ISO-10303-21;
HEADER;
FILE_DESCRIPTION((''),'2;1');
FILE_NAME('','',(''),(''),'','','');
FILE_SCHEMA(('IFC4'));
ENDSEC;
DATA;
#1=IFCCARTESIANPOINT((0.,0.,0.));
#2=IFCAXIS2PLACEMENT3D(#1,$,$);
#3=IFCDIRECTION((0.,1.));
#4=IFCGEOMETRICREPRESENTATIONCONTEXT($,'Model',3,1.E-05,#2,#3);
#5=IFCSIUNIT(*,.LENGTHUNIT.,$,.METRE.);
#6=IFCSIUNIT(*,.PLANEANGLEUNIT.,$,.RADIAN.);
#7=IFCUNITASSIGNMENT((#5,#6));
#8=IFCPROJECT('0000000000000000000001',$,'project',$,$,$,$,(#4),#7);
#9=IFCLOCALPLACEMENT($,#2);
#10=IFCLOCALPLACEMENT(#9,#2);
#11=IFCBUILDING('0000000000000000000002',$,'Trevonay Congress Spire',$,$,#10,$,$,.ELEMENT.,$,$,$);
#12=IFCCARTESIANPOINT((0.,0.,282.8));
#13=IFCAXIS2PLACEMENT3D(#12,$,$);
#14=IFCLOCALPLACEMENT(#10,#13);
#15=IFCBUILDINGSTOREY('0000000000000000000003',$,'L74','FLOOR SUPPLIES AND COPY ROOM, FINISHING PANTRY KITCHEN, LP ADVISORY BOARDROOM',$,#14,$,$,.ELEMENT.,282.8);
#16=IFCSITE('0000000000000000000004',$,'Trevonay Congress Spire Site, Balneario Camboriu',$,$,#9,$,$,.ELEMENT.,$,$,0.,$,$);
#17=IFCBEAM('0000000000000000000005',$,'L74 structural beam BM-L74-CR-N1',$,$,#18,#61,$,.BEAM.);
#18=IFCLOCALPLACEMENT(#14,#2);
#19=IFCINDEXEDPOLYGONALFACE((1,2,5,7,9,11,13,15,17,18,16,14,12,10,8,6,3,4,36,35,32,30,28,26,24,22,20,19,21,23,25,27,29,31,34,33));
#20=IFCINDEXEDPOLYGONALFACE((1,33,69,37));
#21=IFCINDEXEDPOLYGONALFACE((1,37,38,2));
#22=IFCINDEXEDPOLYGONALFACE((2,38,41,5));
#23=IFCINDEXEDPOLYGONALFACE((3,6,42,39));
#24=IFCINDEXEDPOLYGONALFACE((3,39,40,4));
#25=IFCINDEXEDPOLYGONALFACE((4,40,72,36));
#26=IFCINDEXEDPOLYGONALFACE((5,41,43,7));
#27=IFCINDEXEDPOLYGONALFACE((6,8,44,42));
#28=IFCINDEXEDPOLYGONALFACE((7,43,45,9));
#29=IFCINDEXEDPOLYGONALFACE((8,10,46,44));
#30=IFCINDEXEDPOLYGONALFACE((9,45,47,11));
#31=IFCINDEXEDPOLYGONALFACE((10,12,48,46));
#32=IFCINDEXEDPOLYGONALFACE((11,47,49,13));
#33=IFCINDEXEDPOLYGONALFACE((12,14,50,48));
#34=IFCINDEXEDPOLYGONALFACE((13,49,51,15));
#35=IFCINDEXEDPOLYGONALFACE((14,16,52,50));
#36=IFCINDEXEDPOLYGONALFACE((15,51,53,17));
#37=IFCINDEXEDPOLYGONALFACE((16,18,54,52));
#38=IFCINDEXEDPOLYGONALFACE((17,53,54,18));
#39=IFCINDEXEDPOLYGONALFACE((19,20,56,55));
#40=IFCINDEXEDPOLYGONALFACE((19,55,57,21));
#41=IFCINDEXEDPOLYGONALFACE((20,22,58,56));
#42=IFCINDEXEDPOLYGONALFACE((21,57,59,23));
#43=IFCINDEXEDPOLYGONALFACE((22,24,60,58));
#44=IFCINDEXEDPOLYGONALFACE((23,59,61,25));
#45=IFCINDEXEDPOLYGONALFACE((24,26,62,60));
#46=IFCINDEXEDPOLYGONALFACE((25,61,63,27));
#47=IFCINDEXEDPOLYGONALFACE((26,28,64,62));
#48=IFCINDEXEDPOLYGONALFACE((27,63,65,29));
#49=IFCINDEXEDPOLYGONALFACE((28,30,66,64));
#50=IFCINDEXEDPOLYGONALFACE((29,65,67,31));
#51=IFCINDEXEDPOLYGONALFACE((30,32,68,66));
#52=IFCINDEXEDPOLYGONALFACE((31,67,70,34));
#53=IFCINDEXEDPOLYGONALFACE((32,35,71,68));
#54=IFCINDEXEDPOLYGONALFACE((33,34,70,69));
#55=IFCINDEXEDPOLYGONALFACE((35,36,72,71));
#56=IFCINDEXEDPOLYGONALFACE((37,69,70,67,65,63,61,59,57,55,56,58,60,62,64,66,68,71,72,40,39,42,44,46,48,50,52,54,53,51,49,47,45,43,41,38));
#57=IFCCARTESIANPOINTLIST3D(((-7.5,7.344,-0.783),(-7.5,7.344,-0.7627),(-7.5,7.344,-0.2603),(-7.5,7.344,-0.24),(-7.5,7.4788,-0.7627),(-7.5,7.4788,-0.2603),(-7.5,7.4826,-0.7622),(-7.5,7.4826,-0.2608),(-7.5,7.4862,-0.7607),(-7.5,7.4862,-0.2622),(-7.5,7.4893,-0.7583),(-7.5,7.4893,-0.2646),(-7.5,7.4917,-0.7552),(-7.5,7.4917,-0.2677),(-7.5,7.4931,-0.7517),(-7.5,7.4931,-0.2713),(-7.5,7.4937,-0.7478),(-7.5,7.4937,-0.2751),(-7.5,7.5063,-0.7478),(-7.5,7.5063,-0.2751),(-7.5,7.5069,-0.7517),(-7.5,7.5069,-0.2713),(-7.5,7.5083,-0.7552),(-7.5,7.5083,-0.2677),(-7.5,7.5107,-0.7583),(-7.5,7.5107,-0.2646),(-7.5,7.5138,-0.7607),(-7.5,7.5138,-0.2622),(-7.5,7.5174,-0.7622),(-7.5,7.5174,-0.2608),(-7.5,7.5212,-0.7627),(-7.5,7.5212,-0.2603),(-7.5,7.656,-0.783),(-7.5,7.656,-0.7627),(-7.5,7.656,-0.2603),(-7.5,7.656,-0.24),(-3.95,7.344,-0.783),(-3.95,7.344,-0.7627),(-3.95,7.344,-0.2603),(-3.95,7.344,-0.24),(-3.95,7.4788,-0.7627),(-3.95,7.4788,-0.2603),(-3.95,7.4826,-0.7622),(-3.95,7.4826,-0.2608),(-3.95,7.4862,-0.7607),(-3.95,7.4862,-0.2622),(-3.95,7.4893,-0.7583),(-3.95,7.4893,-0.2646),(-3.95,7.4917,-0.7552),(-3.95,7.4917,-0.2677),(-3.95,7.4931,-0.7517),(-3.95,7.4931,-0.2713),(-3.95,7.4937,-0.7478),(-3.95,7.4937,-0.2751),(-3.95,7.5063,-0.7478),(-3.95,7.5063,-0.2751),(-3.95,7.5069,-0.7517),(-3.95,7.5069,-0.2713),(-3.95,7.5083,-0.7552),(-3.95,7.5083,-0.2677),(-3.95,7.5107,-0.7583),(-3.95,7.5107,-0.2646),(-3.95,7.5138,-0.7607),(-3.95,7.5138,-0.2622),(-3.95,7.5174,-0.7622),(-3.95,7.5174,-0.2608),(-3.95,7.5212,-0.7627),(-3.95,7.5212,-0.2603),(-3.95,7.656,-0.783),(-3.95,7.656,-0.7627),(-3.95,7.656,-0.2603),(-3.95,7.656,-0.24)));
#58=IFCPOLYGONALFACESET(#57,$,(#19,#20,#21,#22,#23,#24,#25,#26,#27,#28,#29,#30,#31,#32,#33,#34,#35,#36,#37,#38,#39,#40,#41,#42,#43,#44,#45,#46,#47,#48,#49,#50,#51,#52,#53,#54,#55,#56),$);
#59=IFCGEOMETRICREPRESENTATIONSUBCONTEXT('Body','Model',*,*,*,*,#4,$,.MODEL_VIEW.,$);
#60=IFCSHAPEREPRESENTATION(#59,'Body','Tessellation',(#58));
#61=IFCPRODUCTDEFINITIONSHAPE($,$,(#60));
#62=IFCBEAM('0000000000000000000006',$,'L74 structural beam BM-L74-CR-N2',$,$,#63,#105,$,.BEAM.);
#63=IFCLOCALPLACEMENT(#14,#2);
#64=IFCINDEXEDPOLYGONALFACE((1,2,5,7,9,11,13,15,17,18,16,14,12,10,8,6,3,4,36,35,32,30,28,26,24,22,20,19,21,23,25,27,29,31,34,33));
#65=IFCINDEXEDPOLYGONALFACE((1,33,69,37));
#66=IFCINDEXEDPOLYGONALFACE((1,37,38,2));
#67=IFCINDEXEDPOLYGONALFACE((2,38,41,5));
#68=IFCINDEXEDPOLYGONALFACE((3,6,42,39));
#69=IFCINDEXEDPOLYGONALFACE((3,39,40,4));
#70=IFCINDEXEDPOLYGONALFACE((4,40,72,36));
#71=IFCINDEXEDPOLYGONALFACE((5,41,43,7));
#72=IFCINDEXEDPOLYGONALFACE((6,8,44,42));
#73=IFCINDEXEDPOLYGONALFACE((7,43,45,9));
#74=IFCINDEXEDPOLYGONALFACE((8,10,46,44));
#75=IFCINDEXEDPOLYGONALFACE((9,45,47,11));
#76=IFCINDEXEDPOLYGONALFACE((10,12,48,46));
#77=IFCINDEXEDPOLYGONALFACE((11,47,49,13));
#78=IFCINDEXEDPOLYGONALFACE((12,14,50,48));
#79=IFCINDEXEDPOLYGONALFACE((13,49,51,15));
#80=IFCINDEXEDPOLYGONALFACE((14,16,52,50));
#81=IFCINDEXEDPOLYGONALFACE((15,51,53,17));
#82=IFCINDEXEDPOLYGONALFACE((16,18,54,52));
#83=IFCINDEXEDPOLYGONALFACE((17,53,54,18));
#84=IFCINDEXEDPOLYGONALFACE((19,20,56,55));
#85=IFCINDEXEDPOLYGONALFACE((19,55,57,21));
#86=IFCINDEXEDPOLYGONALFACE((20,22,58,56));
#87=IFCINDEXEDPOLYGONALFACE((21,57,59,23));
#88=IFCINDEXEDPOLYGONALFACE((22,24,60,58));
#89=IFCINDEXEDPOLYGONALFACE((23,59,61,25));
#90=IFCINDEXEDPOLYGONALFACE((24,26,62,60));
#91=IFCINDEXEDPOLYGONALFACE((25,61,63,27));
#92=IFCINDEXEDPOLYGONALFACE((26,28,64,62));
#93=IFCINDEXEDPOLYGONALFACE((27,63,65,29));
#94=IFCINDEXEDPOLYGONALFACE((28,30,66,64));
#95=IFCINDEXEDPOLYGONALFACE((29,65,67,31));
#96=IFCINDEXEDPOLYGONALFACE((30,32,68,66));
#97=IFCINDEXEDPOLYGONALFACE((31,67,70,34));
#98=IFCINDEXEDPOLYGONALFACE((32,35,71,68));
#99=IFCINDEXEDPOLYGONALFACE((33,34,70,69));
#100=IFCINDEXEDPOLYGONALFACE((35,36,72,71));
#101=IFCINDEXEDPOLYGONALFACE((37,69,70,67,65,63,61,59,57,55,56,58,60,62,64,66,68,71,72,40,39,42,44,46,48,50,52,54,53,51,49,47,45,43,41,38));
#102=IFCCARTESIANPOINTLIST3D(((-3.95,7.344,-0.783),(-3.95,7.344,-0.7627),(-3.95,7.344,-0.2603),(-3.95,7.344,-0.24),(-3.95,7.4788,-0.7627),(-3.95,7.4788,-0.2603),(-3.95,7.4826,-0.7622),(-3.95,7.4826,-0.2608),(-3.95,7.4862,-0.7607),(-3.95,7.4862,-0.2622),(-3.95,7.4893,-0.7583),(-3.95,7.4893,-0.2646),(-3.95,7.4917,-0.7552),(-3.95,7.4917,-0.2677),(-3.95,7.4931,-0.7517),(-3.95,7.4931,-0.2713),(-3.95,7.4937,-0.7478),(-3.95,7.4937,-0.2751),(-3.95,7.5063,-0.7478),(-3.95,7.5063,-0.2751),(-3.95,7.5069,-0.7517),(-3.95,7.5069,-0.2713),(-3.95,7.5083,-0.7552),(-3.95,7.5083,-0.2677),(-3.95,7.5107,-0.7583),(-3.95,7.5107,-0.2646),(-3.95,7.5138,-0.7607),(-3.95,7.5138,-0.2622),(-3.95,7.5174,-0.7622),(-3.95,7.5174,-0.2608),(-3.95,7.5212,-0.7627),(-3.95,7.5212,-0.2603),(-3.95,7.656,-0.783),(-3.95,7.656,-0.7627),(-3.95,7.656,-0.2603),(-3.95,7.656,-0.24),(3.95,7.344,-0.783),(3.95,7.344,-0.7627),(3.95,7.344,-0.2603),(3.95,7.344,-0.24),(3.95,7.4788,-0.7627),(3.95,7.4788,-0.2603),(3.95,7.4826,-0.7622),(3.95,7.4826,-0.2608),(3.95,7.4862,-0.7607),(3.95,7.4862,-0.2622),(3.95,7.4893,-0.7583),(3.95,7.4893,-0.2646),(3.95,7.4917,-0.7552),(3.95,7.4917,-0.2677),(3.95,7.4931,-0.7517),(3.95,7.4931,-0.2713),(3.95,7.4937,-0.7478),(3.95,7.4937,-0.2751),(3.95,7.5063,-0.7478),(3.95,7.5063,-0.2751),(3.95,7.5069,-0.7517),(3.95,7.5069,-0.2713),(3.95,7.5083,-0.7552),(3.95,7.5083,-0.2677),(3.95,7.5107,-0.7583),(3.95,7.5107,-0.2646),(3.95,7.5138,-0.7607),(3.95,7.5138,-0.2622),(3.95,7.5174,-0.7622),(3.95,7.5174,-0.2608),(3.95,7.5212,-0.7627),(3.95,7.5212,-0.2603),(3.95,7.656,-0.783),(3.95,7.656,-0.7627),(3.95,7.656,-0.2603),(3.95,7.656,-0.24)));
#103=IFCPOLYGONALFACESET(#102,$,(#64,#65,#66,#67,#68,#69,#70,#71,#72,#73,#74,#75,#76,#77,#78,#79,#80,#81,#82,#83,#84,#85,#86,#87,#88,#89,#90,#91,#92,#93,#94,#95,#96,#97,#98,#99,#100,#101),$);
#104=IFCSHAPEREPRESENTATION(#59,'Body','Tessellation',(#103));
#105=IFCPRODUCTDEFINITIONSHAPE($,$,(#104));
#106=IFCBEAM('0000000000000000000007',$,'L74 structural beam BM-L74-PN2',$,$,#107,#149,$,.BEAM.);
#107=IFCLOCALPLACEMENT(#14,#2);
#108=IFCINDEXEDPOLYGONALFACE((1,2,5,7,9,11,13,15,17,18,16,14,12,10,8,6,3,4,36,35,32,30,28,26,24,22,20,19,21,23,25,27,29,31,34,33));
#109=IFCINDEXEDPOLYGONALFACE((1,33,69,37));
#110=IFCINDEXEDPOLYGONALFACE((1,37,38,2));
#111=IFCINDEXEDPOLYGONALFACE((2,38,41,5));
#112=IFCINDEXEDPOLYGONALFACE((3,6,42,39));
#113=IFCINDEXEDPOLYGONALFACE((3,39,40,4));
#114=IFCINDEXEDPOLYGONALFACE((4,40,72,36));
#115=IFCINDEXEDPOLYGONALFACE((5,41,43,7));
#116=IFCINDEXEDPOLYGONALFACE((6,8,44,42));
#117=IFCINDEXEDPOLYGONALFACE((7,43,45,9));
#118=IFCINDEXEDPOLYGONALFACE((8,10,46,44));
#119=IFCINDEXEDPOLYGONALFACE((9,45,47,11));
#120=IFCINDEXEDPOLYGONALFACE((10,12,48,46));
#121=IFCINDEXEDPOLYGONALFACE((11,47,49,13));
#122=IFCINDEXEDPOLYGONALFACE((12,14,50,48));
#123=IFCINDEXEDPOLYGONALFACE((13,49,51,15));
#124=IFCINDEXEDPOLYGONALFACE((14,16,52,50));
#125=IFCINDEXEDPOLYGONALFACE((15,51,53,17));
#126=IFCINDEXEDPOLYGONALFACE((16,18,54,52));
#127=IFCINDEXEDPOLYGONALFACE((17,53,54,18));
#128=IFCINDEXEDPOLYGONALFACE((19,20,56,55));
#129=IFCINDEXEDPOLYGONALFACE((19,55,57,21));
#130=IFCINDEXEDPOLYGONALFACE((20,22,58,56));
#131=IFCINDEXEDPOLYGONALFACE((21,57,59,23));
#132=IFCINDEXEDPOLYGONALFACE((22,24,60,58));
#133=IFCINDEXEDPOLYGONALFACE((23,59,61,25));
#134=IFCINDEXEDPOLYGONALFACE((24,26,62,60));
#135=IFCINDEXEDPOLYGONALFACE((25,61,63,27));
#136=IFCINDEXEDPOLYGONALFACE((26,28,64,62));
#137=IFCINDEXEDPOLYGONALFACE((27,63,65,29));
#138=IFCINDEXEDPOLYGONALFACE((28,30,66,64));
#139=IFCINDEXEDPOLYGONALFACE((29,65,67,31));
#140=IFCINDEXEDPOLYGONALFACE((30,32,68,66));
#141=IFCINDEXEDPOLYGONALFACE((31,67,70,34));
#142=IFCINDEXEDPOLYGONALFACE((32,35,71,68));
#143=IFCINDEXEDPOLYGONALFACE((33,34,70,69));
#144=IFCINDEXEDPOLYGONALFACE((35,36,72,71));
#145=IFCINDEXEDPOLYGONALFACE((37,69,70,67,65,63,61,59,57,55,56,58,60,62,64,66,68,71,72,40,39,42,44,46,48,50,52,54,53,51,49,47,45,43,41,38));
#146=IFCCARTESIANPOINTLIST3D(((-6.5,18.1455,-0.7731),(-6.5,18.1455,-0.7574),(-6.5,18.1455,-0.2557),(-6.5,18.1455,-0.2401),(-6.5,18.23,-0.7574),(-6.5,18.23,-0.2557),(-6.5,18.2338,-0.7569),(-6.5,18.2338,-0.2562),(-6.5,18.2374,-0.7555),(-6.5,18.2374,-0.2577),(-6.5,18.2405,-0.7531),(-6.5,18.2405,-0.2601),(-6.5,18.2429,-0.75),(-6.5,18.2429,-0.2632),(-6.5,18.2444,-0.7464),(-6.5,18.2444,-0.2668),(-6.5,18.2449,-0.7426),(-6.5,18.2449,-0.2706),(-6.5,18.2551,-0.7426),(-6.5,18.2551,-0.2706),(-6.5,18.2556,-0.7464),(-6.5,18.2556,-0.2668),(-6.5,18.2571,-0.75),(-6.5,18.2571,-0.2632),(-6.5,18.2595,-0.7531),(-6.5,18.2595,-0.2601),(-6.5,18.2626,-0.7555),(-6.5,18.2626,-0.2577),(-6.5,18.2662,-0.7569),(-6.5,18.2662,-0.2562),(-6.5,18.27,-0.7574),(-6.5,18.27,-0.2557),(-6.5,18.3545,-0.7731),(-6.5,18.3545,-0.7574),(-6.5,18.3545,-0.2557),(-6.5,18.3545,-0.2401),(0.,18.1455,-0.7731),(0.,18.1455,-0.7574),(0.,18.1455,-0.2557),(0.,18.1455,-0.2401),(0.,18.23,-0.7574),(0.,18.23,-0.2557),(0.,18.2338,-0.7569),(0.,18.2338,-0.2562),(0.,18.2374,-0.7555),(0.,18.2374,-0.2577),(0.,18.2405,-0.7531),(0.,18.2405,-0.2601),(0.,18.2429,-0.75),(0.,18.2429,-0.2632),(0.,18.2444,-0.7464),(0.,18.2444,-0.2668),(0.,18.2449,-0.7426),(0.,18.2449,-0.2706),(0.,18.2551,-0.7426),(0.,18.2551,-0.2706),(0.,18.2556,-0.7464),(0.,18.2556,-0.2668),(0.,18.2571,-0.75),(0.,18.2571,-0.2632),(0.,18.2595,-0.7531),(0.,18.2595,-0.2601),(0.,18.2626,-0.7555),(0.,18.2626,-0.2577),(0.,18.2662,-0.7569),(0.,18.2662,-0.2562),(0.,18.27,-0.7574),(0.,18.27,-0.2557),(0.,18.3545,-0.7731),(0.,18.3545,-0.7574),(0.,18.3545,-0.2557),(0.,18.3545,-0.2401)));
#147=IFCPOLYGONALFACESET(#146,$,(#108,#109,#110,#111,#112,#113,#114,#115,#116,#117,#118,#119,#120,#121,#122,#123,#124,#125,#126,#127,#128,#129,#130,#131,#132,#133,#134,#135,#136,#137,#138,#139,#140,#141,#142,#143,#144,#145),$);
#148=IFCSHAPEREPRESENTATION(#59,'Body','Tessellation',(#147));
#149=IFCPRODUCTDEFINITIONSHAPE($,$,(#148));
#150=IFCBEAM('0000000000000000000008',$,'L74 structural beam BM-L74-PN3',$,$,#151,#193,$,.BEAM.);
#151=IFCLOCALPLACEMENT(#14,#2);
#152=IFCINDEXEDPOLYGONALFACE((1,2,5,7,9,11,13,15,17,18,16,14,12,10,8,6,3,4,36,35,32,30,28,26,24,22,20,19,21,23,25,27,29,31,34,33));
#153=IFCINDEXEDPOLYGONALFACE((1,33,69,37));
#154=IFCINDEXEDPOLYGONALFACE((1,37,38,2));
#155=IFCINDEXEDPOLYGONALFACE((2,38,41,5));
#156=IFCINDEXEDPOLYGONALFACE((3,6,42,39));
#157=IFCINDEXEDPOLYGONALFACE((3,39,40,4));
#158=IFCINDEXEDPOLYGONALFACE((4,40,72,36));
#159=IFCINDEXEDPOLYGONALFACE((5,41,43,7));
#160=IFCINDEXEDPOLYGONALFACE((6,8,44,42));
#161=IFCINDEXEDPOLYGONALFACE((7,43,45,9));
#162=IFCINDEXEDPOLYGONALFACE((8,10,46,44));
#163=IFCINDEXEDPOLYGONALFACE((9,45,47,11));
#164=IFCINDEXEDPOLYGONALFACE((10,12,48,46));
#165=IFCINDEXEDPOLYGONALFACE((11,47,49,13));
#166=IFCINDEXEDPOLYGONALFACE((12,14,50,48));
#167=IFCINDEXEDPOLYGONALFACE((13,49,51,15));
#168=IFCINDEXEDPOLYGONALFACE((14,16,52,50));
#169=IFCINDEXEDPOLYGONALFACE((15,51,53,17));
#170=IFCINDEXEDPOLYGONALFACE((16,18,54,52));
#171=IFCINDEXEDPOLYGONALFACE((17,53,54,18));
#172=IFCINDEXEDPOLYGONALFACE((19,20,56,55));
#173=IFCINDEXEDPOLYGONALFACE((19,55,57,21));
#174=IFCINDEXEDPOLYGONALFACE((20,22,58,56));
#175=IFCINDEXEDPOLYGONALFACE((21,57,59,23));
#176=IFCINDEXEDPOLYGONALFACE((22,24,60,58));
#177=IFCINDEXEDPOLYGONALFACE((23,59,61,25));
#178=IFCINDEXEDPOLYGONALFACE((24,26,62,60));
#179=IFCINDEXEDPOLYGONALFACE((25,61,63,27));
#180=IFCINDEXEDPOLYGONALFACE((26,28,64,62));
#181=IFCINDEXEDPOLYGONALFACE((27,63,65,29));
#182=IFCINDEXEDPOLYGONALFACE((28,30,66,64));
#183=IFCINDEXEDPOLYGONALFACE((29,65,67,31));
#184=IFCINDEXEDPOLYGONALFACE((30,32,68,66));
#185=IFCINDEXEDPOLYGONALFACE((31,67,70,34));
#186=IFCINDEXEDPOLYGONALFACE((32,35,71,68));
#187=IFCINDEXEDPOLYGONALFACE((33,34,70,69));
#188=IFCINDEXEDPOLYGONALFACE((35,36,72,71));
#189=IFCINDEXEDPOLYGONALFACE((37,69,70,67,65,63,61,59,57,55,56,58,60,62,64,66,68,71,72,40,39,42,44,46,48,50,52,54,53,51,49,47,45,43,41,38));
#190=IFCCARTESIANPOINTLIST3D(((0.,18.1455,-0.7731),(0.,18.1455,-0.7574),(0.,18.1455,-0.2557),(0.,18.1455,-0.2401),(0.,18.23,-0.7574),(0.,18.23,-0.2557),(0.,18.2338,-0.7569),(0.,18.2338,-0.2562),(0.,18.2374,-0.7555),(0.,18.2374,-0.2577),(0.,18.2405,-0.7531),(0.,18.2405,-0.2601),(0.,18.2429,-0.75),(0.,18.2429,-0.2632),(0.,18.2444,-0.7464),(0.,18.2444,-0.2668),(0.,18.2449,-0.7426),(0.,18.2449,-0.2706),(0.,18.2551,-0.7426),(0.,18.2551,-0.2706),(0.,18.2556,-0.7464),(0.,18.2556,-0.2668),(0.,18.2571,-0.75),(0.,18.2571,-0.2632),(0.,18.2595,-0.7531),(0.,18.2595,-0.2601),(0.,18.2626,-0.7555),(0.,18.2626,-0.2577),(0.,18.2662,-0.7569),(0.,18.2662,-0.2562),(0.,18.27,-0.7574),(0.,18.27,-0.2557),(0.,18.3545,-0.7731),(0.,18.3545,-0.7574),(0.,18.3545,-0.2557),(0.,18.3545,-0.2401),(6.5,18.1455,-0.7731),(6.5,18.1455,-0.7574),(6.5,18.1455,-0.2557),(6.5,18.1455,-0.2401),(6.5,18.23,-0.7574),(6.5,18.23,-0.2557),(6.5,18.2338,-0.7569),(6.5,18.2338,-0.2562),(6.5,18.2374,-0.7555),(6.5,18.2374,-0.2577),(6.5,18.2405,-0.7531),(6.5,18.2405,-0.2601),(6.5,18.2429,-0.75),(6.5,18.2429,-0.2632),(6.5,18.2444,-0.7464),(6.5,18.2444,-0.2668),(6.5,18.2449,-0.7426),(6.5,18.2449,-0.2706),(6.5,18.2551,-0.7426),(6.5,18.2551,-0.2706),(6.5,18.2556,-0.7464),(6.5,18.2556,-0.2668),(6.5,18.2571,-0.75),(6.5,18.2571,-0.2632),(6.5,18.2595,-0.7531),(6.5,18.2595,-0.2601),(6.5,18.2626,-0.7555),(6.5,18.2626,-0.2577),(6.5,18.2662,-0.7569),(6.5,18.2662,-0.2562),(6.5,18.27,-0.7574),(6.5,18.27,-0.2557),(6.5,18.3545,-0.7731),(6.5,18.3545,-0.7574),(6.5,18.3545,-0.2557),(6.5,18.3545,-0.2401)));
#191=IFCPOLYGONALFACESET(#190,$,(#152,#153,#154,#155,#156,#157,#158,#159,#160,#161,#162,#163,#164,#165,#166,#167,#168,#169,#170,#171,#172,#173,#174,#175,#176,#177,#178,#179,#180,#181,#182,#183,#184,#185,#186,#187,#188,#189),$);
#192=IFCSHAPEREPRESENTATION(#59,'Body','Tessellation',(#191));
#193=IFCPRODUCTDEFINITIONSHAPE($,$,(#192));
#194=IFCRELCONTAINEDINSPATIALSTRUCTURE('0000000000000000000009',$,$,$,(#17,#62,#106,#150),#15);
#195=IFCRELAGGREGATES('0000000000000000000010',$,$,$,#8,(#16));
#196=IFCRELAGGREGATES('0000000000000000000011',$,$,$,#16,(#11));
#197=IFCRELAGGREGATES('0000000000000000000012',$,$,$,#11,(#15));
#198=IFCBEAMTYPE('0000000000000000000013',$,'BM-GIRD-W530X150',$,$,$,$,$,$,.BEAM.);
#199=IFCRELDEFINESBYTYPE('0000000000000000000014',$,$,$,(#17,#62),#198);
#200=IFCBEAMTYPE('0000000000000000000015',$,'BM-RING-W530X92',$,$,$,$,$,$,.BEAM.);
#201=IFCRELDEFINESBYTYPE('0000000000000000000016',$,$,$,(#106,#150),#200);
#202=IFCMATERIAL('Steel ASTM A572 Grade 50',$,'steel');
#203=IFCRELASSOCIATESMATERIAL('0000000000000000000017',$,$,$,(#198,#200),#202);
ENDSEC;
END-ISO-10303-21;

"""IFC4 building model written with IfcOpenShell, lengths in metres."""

from ifc_helpers import new_model, si_unit, direction, frame, origin, origin_2d, place, context, subcontext, project, spatial, i_section, extrude, material, material_profile, profile_set, type_object, element, save


model = new_model("IFC4")

# Units and contexts
model_context = context("Model", 3, precision=1e-05, world=origin(), true_north=direction((0.0, 1.0)))
body_context = subcontext(model_context, "Body", "Model", "MODEL_VIEW")
ifc_project = project(units=[si_unit("LENGTHUNIT", "METRE"), si_unit("PLANEANGLEUNIT", "RADIAN")], contexts=[model_context])

# Site, building, storey
site_placement = place(None, origin())
site = spatial("IfcSite", under=ifc_project, at=site_placement, Name="Trevonay Congress Spire Site, Balneario Camboriu", CompositionType="ELEMENT", RefElevation=0.0)
building_placement = place(site_placement, origin())
building = spatial("IfcBuilding", under=site, at=building_placement, Name="Trevonay Congress Spire", CompositionType="ELEMENT")
storey_placement = place(building_placement, frame((0.0, 0.0, 282.8)))
storey = spatial("IfcBuildingStorey", under=building, at=storey_placement, Name="L74", Description="FLOOR SUPPLIES AND COPY ROOM, FINISHING PANTRY KITCHEN, LP ADVISORY BOARDROOM", CompositionType="ELEMENT", Elevation=282.8)

# Shared definitions
ifc_material_1 = material(Name="Steel ASTM A572 Grade 50", Category="steel")

# Beams
ifc_material_profile_1 = material_profile(ifc_material_1, i_section(OverallWidth=0.312, OverallDepth=0.543, WebThickness=0.0127, FlangeThickness=0.0203, FilletRadius=0.0149, at=origin_2d()), Name="W530x150")
ifc_profile_set_1 = profile_set([ifc_material_profile_1], Name="Steel ASTM A572 Grade 50")
beam_type_1 = type_object("IfcBeamType", Name="BM-GIRD-W530X150", PredefinedType="BEAM", material=ifc_profile_set_1)
beam_1_placement = place(storey_placement, frame((-7.5, 7.5, -0.5115), z_axis=(1.0, 0.0, 0.0), x_axis=(0.0, 1.0, 0.0)))
element("IfcBeam", 1, at=beam_1_placement, inside=storey, type_object=beam_type_1, Name="L74 structural beam BM-L74-CR-N1", PredefinedType="BEAM", context=body_context, shape_type="SweptSolid", body=[
    extrude(i_section(OverallWidth=0.312, OverallDepth=0.543, WebThickness=0.0127, FlangeThickness=0.0203, FilletRadius=0.0149, at=origin_2d()), origin(), (0.0, 0.0, 1.0), 3.55),
])
beam_2_placement = place(storey_placement, frame((-3.95, 7.5, -0.5115), z_axis=(1.0, 0.0, 0.0), x_axis=(0.0, 1.0, 0.0)))
element("IfcBeam", 2, at=beam_2_placement, inside=storey, type_object=beam_type_1, Name="L74 structural beam BM-L74-CR-N2", PredefinedType="BEAM", context=body_context, shape_type="SweptSolid", body=[
    extrude(i_section(OverallWidth=0.312, OverallDepth=0.543, WebThickness=0.0127, FlangeThickness=0.0203, FilletRadius=0.0149, at=origin_2d()), origin(), (0.0, 0.0, 1.0), 7.8999),
])
ifc_material_profile_2 = material_profile(ifc_material_1, i_section(OverallWidth=0.209, OverallDepth=0.533, WebThickness=0.0103, FlangeThickness=0.0156, FilletRadius=0.0149, at=origin_2d()), Name="W530x92")
ifc_profile_set_2 = profile_set([ifc_material_profile_2], Name="Steel ASTM A572 Grade 50")
beam_type_2 = type_object("IfcBeamType", Name="BM-RING-W530X92", PredefinedType="BEAM", material=ifc_profile_set_2)
for number, where, z_axis, x_axis, name in (
    (3, (-6.5, 18.25, -0.5066), (1.0, 0.0, 0.0), (0.0, 1.0, 0.0), "L74 structural beam BM-L74-PN2"),
    (4, (0.0, 18.25, -0.5066), (1.0, 0.0, 0.0), (0.0, 1.0, 0.0), "L74 structural beam BM-L74-PN3"),
):
    element("IfcBeam", number, at=place(storey_placement, frame(where, z_axis=z_axis, x_axis=x_axis)), inside=storey, type_object=beam_type_2, Name=name, PredefinedType="BEAM", context=body_context, shape_type="SweptSolid", body=[
        extrude(i_section(OverallWidth=0.209, OverallDepth=0.533, WebThickness=0.0103, FlangeThickness=0.0156, FilletRadius=0.0149, at=origin_2d()), origin(), (0.0, 0.0, 1.0), 6.5),
    ])

save(model, "model.ifc")
